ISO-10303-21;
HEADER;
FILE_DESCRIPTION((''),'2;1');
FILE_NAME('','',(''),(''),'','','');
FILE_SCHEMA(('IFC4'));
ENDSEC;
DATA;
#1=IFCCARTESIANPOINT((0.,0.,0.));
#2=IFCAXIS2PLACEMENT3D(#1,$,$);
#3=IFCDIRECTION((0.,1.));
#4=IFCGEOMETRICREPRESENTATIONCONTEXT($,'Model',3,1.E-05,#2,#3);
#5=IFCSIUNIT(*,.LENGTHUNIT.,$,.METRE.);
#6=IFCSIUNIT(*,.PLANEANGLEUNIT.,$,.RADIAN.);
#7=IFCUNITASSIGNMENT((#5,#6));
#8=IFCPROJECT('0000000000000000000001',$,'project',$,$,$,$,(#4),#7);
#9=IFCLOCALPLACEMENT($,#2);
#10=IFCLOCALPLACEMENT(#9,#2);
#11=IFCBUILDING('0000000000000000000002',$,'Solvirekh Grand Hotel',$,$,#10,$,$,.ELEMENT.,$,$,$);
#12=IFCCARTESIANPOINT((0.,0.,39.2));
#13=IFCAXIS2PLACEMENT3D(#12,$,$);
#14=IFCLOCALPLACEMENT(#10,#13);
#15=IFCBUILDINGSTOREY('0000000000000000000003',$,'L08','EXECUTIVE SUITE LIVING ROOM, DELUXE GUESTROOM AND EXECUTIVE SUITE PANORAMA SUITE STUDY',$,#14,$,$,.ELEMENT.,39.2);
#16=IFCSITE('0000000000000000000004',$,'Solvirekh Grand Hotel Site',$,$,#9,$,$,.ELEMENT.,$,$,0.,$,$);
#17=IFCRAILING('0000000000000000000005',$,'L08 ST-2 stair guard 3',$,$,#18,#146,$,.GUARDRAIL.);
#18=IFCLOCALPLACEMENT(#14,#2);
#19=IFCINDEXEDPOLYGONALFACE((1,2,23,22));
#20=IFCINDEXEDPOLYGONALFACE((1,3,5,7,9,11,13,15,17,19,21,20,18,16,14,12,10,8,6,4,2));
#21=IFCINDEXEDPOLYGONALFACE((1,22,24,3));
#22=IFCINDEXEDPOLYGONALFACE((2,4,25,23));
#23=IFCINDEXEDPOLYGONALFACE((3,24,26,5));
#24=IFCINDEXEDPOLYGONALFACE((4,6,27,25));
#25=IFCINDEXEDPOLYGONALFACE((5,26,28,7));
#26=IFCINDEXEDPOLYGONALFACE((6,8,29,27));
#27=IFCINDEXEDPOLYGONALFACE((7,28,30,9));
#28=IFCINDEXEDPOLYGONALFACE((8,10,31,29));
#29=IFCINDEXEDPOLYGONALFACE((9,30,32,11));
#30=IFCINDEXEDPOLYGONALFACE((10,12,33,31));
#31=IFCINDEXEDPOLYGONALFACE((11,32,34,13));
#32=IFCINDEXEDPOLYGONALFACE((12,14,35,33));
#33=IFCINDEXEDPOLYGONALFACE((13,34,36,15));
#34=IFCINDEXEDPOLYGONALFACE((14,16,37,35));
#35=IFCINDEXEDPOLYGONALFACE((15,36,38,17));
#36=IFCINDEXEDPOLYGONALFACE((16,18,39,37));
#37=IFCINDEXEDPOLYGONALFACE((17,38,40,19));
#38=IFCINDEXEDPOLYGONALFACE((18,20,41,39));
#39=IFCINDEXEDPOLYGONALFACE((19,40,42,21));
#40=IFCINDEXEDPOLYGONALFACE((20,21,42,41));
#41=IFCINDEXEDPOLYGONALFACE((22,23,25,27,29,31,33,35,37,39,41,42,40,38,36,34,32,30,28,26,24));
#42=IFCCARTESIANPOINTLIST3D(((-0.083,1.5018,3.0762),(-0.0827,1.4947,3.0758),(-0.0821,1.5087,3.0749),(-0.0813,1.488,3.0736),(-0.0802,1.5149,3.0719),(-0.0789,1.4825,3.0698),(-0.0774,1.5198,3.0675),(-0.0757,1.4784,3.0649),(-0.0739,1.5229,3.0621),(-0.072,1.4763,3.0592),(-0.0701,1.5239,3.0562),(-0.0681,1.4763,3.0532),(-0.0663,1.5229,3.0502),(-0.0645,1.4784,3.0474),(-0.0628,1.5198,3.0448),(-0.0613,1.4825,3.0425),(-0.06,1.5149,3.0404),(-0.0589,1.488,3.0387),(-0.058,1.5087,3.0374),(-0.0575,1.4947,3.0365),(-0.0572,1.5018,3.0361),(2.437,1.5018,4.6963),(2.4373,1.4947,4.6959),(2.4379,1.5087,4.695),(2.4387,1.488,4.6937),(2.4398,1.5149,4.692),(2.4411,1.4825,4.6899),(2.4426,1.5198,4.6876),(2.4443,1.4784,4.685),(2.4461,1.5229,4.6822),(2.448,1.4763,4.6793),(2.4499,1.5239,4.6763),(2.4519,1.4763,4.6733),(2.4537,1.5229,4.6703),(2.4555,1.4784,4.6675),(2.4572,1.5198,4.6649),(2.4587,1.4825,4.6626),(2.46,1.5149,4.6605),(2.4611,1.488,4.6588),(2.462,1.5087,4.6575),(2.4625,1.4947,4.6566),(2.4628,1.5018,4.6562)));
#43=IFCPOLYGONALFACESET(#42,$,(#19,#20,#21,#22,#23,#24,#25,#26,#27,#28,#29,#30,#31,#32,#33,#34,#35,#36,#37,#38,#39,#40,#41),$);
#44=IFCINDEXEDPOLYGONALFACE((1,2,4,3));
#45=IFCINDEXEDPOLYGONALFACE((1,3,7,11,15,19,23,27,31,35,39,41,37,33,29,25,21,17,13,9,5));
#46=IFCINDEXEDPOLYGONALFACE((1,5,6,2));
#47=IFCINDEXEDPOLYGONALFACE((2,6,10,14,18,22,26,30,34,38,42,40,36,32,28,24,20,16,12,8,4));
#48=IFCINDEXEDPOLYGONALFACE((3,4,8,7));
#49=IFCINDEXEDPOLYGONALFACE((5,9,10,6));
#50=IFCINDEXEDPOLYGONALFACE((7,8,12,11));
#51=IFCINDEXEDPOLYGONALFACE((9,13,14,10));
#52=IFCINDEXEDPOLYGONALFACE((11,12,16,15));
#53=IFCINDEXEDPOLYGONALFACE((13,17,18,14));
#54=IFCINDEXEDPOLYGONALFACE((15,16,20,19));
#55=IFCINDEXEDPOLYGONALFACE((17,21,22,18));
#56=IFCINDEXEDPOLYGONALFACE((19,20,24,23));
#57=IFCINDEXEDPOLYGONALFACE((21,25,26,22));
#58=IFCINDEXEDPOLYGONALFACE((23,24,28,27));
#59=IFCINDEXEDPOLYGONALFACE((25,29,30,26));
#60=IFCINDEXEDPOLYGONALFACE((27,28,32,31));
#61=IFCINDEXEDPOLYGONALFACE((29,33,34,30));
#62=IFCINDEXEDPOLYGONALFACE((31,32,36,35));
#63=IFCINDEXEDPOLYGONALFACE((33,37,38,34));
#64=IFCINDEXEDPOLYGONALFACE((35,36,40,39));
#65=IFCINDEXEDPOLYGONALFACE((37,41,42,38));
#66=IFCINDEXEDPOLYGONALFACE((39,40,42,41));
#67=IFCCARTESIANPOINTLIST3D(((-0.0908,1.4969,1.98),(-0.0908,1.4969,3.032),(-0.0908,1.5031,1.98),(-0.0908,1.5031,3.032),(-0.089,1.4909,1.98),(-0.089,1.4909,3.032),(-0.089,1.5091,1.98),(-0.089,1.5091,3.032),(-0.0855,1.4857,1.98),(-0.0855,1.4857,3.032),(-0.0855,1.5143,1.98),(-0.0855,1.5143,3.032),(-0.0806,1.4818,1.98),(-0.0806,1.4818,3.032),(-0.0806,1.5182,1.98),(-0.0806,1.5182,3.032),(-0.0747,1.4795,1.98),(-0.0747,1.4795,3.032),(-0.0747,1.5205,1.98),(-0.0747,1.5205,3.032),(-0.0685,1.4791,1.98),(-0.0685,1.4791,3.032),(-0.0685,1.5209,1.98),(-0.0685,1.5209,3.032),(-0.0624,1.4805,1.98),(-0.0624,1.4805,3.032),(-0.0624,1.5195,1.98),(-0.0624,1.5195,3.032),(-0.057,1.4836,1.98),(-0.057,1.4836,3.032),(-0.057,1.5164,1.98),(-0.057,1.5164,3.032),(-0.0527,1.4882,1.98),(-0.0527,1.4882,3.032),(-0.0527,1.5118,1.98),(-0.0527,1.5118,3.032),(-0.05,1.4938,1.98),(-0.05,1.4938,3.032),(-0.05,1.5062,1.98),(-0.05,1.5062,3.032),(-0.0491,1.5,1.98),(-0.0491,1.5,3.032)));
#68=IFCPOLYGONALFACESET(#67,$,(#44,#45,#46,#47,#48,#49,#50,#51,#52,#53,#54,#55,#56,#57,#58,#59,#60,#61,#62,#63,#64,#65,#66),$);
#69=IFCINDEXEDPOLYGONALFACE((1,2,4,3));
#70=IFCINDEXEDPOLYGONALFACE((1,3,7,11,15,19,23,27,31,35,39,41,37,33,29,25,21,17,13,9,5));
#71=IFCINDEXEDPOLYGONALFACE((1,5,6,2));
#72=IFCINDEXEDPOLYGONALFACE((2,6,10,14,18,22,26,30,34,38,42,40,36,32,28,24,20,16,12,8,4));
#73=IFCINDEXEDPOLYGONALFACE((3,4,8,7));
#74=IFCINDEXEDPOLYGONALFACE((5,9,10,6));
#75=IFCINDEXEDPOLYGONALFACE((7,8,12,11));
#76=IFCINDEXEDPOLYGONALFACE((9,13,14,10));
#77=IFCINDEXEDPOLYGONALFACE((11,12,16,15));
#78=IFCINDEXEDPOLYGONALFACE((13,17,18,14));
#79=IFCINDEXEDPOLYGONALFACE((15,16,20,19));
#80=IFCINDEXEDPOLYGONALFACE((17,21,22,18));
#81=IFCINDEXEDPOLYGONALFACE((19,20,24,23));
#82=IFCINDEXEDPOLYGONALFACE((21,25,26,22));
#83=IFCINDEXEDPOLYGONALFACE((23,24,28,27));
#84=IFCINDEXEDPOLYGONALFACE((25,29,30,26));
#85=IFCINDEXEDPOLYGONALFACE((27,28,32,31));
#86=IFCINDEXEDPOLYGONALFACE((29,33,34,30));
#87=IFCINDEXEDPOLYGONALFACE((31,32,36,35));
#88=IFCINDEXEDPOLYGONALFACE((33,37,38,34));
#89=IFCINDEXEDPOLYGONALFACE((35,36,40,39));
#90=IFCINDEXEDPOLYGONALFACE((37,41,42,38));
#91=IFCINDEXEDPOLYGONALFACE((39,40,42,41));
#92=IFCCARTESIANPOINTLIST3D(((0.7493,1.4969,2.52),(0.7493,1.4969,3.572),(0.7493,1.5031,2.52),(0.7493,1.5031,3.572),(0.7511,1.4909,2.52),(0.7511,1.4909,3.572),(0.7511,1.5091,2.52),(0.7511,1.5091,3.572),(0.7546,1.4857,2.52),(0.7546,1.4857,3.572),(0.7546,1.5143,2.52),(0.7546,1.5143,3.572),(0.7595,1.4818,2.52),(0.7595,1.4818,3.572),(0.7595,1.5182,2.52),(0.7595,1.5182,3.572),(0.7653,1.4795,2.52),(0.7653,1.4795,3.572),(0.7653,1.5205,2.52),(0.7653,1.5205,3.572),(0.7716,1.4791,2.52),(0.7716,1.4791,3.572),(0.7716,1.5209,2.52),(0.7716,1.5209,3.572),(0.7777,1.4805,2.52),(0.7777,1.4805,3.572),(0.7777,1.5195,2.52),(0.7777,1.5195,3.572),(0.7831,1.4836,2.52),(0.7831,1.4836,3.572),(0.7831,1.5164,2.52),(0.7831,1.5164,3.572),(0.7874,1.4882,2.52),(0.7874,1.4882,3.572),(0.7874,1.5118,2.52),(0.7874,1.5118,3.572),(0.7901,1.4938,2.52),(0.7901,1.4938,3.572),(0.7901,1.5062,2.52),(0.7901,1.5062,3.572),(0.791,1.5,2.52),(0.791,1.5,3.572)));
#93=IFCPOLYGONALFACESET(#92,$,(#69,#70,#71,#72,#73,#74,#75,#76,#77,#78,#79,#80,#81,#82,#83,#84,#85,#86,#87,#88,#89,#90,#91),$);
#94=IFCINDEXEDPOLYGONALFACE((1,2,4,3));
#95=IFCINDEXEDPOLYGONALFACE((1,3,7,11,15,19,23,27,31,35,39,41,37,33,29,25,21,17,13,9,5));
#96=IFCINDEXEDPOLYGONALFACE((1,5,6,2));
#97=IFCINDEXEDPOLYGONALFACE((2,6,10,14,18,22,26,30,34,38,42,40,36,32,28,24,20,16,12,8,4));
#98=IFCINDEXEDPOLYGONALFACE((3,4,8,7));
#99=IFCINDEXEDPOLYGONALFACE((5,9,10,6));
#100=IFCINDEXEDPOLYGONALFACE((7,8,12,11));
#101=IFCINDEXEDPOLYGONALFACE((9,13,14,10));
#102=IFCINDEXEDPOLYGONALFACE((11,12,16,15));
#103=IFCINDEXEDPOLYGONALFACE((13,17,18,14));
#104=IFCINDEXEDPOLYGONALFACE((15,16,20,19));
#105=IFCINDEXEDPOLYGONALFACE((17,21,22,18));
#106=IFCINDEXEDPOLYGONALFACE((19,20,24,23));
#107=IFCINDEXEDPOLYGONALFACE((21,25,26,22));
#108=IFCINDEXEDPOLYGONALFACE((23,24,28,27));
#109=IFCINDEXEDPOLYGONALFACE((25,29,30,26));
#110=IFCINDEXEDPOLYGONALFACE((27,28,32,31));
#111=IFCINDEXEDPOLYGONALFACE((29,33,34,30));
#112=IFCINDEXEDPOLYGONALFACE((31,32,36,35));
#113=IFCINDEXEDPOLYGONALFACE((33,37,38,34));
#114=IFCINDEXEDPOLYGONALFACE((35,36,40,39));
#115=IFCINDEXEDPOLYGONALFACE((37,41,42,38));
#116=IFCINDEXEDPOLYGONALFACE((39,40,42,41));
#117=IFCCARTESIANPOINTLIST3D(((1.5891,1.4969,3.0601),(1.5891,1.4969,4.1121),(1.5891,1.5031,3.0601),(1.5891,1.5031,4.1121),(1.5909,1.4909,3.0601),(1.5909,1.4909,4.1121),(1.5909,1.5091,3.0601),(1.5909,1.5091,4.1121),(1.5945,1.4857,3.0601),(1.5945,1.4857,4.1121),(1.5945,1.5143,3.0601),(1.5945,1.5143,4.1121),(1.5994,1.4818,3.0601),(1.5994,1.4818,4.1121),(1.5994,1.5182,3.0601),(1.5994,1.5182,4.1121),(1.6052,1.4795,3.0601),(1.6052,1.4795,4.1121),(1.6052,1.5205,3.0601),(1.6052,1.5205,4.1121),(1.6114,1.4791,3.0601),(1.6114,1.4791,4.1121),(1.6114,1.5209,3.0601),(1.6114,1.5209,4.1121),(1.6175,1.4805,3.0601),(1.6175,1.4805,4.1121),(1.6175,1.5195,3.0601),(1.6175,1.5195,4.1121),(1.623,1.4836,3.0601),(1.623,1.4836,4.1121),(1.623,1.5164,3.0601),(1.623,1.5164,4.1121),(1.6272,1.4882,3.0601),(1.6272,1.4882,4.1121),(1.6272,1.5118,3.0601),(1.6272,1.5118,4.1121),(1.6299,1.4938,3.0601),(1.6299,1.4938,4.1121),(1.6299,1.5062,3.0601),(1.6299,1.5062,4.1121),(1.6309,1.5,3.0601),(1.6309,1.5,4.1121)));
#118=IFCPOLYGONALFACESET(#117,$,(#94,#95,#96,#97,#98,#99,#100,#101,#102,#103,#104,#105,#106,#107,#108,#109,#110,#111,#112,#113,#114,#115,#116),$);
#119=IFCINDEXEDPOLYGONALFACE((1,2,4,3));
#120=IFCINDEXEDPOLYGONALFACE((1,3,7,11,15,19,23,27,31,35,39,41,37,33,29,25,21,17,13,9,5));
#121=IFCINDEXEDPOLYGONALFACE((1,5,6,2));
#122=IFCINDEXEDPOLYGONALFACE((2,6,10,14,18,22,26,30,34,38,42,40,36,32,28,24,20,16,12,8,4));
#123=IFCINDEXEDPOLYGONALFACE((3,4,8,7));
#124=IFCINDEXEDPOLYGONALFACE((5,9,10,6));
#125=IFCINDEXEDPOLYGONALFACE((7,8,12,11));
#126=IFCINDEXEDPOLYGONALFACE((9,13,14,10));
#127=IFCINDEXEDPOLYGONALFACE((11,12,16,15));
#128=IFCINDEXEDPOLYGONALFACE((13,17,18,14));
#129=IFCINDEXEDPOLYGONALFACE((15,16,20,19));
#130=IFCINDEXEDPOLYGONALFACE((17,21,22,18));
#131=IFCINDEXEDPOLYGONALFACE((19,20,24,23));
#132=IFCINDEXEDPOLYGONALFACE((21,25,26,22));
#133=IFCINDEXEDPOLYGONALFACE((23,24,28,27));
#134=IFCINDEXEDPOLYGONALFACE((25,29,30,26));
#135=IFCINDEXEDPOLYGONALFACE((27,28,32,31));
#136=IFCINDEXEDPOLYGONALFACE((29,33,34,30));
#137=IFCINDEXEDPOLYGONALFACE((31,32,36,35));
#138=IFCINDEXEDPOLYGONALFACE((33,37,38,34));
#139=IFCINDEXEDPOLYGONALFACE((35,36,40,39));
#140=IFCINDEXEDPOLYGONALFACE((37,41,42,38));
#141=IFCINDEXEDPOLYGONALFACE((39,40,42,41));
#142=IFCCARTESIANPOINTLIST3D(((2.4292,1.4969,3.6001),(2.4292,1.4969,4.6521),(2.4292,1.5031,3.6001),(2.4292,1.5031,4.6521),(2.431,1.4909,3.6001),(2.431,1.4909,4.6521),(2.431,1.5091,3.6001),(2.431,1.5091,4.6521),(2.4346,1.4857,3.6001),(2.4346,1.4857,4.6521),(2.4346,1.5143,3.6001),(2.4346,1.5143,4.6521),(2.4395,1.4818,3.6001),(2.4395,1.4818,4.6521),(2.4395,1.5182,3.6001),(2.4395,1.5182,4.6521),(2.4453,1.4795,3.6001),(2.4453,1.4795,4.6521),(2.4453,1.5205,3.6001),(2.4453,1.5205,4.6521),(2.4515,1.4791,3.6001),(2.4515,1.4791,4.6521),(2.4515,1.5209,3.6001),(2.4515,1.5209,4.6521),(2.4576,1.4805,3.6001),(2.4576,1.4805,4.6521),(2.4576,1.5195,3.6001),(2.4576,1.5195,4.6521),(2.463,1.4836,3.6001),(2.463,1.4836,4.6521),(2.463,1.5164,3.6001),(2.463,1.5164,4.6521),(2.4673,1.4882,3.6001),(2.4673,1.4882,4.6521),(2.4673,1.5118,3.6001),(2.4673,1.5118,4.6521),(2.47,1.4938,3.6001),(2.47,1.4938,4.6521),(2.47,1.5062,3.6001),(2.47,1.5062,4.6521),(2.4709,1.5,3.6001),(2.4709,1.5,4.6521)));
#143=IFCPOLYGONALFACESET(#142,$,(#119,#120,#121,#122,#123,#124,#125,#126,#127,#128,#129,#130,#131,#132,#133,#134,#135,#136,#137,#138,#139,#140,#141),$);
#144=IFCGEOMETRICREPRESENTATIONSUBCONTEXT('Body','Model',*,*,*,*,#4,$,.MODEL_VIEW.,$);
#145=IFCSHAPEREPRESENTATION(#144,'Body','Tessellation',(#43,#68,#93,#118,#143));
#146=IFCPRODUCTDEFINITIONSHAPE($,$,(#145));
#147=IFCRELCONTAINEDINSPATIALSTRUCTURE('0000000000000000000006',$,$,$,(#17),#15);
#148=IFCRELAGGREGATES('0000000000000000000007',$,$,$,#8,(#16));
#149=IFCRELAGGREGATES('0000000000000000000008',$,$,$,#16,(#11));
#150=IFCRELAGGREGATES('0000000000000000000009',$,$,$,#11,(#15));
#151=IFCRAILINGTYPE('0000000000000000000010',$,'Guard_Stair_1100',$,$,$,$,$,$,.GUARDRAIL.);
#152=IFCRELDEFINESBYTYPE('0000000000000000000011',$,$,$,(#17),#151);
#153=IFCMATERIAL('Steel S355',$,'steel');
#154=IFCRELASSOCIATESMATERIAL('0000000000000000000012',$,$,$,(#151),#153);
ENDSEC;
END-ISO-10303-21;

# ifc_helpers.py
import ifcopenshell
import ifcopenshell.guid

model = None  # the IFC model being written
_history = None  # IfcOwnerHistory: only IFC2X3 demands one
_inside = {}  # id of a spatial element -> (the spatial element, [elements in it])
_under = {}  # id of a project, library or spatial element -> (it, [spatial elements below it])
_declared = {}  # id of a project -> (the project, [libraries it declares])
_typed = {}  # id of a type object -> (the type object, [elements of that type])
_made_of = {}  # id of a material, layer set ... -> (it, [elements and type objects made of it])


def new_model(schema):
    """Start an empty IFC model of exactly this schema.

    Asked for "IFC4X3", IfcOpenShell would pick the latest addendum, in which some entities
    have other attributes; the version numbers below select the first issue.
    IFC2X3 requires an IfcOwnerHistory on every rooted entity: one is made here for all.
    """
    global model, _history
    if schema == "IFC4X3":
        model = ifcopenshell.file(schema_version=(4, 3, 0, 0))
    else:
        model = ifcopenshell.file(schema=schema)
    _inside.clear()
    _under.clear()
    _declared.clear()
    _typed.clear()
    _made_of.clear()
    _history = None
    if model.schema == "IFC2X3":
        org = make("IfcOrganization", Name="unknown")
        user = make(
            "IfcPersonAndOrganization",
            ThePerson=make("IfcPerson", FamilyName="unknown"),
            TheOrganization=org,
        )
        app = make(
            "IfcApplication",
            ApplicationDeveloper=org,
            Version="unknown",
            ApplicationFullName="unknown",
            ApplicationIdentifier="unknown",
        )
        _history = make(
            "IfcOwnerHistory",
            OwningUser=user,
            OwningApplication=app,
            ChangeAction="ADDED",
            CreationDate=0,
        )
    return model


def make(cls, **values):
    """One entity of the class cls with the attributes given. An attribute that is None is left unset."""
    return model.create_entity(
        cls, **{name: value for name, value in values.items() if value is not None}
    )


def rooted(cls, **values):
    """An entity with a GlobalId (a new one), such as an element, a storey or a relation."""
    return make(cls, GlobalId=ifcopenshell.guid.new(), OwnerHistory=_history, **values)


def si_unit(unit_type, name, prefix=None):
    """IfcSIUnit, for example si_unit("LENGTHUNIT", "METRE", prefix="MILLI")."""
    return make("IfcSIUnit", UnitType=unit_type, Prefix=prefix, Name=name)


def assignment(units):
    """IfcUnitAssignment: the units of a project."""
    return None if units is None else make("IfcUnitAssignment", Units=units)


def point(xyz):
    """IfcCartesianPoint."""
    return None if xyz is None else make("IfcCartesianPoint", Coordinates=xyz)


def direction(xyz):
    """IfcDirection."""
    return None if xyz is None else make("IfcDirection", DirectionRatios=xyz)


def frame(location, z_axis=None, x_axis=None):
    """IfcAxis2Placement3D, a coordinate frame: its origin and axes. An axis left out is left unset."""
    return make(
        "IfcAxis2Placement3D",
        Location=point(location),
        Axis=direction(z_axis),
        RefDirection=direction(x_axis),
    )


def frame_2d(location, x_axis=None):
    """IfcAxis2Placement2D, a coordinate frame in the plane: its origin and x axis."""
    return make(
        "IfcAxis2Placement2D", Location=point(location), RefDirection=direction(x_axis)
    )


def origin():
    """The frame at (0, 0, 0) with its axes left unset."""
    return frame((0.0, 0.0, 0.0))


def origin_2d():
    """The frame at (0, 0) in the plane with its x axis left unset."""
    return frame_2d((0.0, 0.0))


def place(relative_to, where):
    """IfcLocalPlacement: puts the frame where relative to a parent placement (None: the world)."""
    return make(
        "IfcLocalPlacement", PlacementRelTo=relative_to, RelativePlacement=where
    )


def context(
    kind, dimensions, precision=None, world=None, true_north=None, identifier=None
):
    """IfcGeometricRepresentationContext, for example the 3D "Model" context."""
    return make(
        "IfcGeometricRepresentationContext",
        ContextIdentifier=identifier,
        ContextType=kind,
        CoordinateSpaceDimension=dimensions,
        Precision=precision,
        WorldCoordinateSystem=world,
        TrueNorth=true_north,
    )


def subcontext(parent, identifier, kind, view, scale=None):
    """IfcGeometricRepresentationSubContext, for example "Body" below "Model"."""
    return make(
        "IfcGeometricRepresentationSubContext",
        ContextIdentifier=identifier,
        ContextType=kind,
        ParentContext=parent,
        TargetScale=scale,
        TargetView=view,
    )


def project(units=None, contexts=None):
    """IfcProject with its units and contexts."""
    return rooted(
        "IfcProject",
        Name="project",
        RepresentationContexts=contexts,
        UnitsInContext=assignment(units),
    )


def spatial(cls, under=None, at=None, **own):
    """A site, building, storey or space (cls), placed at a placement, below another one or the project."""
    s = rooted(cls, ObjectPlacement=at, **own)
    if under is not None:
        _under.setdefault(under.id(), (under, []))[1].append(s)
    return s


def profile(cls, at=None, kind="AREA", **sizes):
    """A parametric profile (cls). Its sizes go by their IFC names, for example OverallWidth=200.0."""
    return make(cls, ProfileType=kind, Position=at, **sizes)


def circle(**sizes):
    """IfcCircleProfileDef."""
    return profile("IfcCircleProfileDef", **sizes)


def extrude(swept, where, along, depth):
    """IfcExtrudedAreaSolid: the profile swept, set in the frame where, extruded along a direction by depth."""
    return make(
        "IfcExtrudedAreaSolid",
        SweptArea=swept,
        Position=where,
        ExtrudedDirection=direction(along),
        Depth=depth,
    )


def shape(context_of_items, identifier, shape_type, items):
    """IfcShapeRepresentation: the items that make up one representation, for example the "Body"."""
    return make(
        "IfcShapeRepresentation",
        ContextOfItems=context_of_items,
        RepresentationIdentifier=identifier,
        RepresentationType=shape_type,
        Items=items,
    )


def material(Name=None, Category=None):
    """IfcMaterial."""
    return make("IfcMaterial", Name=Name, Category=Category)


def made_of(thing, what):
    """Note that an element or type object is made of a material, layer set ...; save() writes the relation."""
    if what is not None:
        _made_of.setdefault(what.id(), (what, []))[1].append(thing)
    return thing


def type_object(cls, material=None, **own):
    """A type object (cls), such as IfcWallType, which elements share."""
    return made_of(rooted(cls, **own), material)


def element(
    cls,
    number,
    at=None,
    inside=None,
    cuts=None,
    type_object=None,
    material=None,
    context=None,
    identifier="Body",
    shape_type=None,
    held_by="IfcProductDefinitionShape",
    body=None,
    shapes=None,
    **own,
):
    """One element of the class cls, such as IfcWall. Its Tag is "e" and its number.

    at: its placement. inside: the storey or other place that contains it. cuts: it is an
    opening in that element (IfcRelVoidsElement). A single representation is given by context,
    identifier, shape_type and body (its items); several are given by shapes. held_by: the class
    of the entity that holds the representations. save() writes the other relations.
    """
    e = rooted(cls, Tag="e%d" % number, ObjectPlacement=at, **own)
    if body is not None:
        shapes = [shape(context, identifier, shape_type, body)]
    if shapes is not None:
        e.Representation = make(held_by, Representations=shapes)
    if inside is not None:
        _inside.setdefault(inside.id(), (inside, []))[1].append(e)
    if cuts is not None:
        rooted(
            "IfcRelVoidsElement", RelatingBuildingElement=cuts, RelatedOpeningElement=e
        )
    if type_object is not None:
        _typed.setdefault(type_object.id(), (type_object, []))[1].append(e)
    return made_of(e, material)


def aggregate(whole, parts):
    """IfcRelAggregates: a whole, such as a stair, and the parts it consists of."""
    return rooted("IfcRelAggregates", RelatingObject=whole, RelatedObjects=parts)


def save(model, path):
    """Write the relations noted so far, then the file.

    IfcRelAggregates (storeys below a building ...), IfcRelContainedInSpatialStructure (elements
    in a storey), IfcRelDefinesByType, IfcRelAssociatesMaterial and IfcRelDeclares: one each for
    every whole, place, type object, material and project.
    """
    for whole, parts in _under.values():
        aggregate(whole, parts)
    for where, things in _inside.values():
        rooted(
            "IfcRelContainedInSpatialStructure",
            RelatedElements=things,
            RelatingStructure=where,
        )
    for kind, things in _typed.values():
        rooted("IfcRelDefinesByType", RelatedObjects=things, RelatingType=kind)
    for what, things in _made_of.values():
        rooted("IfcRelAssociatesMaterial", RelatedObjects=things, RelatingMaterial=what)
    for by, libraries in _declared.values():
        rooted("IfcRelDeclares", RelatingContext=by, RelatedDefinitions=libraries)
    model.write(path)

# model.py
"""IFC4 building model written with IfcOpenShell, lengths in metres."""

from ifc_helpers import new_model, si_unit, direction, frame, origin, origin_2d, place, context, subcontext, project, spatial, circle, extrude, material, type_object, element, save


model = new_model("IFC4")

# Units and contexts
model_context = context("Model", 3, precision=1e-05, world=origin(), true_north=direction((0.0, 1.0)))
body_context = subcontext(model_context, "Body", "Model", "MODEL_VIEW")
ifc_project = project(units=[si_unit("LENGTHUNIT", "METRE"), si_unit("PLANEANGLEUNIT", "RADIAN")], contexts=[model_context])

# Site, building, storey
site_placement = place(None, origin())
site = spatial("IfcSite", under=ifc_project, at=site_placement, Name="Solvirekh Grand Hotel Site", CompositionType="ELEMENT", RefElevation=0.0)
building_placement = place(site_placement, origin())
building = spatial("IfcBuilding", under=site, at=building_placement, Name="Solvirekh Grand Hotel", CompositionType="ELEMENT")
storey_placement = place(building_placement, frame((0.0, 0.0, 39.2)))
storey = spatial("IfcBuildingStorey", under=building, at=storey_placement, Name="L08", Description="EXECUTIVE SUITE LIVING ROOM, DELUXE GUESTROOM AND EXECUTIVE SUITE PANORAMA SUITE STUDY", CompositionType="ELEMENT", Elevation=39.2)

# Railing
ifc_material_1 = material(Name="Steel S355", Category="steel")
railing_type_1 = type_object("IfcRailingType", Name="Guard_Stair_1100", PredefinedType="GUARDRAIL", material=ifc_material_1)
railing_1_placement = place(storey_placement, frame((-0.0701, 1.5, 1.98)))
element("IfcRailing", 1, at=railing_1_placement, inside=storey, type_object=railing_type_1, Name="L08 ST-2 stair guard 3", PredefinedType="GUARDRAIL", context=body_context, shape_type="SweptSolid", body=[
    extrude(circle(Radius=0.0239, at=origin_2d()), frame((0.0, 0.0, 1.0762), z_axis=(0.841163, 0.0, 0.540782), x_axis=(0.0, 1.0, 0.0)), (0.0, 0.0, 1.0), 2.9958),
    extrude(circle(Radius=0.021, at=origin_2d()), origin(), (0.0, 0.0, 1.0), 1.052),
    extrude(circle(Radius=0.021, at=origin_2d()), frame((0.8401, 0.0, 0.54)), (0.0, 0.0, 1.0), 1.052),
    extrude(circle(Radius=0.021, at=origin_2d()), frame((1.6799, 0.0, 1.0801)), (0.0, 0.0, 1.0), 1.052),
    extrude(circle(Radius=0.021, at=origin_2d()), frame((2.52, 0.0, 1.6201)), (0.0, 0.0, 1.0), 1.052),
])

save(model, "model.ifc")
